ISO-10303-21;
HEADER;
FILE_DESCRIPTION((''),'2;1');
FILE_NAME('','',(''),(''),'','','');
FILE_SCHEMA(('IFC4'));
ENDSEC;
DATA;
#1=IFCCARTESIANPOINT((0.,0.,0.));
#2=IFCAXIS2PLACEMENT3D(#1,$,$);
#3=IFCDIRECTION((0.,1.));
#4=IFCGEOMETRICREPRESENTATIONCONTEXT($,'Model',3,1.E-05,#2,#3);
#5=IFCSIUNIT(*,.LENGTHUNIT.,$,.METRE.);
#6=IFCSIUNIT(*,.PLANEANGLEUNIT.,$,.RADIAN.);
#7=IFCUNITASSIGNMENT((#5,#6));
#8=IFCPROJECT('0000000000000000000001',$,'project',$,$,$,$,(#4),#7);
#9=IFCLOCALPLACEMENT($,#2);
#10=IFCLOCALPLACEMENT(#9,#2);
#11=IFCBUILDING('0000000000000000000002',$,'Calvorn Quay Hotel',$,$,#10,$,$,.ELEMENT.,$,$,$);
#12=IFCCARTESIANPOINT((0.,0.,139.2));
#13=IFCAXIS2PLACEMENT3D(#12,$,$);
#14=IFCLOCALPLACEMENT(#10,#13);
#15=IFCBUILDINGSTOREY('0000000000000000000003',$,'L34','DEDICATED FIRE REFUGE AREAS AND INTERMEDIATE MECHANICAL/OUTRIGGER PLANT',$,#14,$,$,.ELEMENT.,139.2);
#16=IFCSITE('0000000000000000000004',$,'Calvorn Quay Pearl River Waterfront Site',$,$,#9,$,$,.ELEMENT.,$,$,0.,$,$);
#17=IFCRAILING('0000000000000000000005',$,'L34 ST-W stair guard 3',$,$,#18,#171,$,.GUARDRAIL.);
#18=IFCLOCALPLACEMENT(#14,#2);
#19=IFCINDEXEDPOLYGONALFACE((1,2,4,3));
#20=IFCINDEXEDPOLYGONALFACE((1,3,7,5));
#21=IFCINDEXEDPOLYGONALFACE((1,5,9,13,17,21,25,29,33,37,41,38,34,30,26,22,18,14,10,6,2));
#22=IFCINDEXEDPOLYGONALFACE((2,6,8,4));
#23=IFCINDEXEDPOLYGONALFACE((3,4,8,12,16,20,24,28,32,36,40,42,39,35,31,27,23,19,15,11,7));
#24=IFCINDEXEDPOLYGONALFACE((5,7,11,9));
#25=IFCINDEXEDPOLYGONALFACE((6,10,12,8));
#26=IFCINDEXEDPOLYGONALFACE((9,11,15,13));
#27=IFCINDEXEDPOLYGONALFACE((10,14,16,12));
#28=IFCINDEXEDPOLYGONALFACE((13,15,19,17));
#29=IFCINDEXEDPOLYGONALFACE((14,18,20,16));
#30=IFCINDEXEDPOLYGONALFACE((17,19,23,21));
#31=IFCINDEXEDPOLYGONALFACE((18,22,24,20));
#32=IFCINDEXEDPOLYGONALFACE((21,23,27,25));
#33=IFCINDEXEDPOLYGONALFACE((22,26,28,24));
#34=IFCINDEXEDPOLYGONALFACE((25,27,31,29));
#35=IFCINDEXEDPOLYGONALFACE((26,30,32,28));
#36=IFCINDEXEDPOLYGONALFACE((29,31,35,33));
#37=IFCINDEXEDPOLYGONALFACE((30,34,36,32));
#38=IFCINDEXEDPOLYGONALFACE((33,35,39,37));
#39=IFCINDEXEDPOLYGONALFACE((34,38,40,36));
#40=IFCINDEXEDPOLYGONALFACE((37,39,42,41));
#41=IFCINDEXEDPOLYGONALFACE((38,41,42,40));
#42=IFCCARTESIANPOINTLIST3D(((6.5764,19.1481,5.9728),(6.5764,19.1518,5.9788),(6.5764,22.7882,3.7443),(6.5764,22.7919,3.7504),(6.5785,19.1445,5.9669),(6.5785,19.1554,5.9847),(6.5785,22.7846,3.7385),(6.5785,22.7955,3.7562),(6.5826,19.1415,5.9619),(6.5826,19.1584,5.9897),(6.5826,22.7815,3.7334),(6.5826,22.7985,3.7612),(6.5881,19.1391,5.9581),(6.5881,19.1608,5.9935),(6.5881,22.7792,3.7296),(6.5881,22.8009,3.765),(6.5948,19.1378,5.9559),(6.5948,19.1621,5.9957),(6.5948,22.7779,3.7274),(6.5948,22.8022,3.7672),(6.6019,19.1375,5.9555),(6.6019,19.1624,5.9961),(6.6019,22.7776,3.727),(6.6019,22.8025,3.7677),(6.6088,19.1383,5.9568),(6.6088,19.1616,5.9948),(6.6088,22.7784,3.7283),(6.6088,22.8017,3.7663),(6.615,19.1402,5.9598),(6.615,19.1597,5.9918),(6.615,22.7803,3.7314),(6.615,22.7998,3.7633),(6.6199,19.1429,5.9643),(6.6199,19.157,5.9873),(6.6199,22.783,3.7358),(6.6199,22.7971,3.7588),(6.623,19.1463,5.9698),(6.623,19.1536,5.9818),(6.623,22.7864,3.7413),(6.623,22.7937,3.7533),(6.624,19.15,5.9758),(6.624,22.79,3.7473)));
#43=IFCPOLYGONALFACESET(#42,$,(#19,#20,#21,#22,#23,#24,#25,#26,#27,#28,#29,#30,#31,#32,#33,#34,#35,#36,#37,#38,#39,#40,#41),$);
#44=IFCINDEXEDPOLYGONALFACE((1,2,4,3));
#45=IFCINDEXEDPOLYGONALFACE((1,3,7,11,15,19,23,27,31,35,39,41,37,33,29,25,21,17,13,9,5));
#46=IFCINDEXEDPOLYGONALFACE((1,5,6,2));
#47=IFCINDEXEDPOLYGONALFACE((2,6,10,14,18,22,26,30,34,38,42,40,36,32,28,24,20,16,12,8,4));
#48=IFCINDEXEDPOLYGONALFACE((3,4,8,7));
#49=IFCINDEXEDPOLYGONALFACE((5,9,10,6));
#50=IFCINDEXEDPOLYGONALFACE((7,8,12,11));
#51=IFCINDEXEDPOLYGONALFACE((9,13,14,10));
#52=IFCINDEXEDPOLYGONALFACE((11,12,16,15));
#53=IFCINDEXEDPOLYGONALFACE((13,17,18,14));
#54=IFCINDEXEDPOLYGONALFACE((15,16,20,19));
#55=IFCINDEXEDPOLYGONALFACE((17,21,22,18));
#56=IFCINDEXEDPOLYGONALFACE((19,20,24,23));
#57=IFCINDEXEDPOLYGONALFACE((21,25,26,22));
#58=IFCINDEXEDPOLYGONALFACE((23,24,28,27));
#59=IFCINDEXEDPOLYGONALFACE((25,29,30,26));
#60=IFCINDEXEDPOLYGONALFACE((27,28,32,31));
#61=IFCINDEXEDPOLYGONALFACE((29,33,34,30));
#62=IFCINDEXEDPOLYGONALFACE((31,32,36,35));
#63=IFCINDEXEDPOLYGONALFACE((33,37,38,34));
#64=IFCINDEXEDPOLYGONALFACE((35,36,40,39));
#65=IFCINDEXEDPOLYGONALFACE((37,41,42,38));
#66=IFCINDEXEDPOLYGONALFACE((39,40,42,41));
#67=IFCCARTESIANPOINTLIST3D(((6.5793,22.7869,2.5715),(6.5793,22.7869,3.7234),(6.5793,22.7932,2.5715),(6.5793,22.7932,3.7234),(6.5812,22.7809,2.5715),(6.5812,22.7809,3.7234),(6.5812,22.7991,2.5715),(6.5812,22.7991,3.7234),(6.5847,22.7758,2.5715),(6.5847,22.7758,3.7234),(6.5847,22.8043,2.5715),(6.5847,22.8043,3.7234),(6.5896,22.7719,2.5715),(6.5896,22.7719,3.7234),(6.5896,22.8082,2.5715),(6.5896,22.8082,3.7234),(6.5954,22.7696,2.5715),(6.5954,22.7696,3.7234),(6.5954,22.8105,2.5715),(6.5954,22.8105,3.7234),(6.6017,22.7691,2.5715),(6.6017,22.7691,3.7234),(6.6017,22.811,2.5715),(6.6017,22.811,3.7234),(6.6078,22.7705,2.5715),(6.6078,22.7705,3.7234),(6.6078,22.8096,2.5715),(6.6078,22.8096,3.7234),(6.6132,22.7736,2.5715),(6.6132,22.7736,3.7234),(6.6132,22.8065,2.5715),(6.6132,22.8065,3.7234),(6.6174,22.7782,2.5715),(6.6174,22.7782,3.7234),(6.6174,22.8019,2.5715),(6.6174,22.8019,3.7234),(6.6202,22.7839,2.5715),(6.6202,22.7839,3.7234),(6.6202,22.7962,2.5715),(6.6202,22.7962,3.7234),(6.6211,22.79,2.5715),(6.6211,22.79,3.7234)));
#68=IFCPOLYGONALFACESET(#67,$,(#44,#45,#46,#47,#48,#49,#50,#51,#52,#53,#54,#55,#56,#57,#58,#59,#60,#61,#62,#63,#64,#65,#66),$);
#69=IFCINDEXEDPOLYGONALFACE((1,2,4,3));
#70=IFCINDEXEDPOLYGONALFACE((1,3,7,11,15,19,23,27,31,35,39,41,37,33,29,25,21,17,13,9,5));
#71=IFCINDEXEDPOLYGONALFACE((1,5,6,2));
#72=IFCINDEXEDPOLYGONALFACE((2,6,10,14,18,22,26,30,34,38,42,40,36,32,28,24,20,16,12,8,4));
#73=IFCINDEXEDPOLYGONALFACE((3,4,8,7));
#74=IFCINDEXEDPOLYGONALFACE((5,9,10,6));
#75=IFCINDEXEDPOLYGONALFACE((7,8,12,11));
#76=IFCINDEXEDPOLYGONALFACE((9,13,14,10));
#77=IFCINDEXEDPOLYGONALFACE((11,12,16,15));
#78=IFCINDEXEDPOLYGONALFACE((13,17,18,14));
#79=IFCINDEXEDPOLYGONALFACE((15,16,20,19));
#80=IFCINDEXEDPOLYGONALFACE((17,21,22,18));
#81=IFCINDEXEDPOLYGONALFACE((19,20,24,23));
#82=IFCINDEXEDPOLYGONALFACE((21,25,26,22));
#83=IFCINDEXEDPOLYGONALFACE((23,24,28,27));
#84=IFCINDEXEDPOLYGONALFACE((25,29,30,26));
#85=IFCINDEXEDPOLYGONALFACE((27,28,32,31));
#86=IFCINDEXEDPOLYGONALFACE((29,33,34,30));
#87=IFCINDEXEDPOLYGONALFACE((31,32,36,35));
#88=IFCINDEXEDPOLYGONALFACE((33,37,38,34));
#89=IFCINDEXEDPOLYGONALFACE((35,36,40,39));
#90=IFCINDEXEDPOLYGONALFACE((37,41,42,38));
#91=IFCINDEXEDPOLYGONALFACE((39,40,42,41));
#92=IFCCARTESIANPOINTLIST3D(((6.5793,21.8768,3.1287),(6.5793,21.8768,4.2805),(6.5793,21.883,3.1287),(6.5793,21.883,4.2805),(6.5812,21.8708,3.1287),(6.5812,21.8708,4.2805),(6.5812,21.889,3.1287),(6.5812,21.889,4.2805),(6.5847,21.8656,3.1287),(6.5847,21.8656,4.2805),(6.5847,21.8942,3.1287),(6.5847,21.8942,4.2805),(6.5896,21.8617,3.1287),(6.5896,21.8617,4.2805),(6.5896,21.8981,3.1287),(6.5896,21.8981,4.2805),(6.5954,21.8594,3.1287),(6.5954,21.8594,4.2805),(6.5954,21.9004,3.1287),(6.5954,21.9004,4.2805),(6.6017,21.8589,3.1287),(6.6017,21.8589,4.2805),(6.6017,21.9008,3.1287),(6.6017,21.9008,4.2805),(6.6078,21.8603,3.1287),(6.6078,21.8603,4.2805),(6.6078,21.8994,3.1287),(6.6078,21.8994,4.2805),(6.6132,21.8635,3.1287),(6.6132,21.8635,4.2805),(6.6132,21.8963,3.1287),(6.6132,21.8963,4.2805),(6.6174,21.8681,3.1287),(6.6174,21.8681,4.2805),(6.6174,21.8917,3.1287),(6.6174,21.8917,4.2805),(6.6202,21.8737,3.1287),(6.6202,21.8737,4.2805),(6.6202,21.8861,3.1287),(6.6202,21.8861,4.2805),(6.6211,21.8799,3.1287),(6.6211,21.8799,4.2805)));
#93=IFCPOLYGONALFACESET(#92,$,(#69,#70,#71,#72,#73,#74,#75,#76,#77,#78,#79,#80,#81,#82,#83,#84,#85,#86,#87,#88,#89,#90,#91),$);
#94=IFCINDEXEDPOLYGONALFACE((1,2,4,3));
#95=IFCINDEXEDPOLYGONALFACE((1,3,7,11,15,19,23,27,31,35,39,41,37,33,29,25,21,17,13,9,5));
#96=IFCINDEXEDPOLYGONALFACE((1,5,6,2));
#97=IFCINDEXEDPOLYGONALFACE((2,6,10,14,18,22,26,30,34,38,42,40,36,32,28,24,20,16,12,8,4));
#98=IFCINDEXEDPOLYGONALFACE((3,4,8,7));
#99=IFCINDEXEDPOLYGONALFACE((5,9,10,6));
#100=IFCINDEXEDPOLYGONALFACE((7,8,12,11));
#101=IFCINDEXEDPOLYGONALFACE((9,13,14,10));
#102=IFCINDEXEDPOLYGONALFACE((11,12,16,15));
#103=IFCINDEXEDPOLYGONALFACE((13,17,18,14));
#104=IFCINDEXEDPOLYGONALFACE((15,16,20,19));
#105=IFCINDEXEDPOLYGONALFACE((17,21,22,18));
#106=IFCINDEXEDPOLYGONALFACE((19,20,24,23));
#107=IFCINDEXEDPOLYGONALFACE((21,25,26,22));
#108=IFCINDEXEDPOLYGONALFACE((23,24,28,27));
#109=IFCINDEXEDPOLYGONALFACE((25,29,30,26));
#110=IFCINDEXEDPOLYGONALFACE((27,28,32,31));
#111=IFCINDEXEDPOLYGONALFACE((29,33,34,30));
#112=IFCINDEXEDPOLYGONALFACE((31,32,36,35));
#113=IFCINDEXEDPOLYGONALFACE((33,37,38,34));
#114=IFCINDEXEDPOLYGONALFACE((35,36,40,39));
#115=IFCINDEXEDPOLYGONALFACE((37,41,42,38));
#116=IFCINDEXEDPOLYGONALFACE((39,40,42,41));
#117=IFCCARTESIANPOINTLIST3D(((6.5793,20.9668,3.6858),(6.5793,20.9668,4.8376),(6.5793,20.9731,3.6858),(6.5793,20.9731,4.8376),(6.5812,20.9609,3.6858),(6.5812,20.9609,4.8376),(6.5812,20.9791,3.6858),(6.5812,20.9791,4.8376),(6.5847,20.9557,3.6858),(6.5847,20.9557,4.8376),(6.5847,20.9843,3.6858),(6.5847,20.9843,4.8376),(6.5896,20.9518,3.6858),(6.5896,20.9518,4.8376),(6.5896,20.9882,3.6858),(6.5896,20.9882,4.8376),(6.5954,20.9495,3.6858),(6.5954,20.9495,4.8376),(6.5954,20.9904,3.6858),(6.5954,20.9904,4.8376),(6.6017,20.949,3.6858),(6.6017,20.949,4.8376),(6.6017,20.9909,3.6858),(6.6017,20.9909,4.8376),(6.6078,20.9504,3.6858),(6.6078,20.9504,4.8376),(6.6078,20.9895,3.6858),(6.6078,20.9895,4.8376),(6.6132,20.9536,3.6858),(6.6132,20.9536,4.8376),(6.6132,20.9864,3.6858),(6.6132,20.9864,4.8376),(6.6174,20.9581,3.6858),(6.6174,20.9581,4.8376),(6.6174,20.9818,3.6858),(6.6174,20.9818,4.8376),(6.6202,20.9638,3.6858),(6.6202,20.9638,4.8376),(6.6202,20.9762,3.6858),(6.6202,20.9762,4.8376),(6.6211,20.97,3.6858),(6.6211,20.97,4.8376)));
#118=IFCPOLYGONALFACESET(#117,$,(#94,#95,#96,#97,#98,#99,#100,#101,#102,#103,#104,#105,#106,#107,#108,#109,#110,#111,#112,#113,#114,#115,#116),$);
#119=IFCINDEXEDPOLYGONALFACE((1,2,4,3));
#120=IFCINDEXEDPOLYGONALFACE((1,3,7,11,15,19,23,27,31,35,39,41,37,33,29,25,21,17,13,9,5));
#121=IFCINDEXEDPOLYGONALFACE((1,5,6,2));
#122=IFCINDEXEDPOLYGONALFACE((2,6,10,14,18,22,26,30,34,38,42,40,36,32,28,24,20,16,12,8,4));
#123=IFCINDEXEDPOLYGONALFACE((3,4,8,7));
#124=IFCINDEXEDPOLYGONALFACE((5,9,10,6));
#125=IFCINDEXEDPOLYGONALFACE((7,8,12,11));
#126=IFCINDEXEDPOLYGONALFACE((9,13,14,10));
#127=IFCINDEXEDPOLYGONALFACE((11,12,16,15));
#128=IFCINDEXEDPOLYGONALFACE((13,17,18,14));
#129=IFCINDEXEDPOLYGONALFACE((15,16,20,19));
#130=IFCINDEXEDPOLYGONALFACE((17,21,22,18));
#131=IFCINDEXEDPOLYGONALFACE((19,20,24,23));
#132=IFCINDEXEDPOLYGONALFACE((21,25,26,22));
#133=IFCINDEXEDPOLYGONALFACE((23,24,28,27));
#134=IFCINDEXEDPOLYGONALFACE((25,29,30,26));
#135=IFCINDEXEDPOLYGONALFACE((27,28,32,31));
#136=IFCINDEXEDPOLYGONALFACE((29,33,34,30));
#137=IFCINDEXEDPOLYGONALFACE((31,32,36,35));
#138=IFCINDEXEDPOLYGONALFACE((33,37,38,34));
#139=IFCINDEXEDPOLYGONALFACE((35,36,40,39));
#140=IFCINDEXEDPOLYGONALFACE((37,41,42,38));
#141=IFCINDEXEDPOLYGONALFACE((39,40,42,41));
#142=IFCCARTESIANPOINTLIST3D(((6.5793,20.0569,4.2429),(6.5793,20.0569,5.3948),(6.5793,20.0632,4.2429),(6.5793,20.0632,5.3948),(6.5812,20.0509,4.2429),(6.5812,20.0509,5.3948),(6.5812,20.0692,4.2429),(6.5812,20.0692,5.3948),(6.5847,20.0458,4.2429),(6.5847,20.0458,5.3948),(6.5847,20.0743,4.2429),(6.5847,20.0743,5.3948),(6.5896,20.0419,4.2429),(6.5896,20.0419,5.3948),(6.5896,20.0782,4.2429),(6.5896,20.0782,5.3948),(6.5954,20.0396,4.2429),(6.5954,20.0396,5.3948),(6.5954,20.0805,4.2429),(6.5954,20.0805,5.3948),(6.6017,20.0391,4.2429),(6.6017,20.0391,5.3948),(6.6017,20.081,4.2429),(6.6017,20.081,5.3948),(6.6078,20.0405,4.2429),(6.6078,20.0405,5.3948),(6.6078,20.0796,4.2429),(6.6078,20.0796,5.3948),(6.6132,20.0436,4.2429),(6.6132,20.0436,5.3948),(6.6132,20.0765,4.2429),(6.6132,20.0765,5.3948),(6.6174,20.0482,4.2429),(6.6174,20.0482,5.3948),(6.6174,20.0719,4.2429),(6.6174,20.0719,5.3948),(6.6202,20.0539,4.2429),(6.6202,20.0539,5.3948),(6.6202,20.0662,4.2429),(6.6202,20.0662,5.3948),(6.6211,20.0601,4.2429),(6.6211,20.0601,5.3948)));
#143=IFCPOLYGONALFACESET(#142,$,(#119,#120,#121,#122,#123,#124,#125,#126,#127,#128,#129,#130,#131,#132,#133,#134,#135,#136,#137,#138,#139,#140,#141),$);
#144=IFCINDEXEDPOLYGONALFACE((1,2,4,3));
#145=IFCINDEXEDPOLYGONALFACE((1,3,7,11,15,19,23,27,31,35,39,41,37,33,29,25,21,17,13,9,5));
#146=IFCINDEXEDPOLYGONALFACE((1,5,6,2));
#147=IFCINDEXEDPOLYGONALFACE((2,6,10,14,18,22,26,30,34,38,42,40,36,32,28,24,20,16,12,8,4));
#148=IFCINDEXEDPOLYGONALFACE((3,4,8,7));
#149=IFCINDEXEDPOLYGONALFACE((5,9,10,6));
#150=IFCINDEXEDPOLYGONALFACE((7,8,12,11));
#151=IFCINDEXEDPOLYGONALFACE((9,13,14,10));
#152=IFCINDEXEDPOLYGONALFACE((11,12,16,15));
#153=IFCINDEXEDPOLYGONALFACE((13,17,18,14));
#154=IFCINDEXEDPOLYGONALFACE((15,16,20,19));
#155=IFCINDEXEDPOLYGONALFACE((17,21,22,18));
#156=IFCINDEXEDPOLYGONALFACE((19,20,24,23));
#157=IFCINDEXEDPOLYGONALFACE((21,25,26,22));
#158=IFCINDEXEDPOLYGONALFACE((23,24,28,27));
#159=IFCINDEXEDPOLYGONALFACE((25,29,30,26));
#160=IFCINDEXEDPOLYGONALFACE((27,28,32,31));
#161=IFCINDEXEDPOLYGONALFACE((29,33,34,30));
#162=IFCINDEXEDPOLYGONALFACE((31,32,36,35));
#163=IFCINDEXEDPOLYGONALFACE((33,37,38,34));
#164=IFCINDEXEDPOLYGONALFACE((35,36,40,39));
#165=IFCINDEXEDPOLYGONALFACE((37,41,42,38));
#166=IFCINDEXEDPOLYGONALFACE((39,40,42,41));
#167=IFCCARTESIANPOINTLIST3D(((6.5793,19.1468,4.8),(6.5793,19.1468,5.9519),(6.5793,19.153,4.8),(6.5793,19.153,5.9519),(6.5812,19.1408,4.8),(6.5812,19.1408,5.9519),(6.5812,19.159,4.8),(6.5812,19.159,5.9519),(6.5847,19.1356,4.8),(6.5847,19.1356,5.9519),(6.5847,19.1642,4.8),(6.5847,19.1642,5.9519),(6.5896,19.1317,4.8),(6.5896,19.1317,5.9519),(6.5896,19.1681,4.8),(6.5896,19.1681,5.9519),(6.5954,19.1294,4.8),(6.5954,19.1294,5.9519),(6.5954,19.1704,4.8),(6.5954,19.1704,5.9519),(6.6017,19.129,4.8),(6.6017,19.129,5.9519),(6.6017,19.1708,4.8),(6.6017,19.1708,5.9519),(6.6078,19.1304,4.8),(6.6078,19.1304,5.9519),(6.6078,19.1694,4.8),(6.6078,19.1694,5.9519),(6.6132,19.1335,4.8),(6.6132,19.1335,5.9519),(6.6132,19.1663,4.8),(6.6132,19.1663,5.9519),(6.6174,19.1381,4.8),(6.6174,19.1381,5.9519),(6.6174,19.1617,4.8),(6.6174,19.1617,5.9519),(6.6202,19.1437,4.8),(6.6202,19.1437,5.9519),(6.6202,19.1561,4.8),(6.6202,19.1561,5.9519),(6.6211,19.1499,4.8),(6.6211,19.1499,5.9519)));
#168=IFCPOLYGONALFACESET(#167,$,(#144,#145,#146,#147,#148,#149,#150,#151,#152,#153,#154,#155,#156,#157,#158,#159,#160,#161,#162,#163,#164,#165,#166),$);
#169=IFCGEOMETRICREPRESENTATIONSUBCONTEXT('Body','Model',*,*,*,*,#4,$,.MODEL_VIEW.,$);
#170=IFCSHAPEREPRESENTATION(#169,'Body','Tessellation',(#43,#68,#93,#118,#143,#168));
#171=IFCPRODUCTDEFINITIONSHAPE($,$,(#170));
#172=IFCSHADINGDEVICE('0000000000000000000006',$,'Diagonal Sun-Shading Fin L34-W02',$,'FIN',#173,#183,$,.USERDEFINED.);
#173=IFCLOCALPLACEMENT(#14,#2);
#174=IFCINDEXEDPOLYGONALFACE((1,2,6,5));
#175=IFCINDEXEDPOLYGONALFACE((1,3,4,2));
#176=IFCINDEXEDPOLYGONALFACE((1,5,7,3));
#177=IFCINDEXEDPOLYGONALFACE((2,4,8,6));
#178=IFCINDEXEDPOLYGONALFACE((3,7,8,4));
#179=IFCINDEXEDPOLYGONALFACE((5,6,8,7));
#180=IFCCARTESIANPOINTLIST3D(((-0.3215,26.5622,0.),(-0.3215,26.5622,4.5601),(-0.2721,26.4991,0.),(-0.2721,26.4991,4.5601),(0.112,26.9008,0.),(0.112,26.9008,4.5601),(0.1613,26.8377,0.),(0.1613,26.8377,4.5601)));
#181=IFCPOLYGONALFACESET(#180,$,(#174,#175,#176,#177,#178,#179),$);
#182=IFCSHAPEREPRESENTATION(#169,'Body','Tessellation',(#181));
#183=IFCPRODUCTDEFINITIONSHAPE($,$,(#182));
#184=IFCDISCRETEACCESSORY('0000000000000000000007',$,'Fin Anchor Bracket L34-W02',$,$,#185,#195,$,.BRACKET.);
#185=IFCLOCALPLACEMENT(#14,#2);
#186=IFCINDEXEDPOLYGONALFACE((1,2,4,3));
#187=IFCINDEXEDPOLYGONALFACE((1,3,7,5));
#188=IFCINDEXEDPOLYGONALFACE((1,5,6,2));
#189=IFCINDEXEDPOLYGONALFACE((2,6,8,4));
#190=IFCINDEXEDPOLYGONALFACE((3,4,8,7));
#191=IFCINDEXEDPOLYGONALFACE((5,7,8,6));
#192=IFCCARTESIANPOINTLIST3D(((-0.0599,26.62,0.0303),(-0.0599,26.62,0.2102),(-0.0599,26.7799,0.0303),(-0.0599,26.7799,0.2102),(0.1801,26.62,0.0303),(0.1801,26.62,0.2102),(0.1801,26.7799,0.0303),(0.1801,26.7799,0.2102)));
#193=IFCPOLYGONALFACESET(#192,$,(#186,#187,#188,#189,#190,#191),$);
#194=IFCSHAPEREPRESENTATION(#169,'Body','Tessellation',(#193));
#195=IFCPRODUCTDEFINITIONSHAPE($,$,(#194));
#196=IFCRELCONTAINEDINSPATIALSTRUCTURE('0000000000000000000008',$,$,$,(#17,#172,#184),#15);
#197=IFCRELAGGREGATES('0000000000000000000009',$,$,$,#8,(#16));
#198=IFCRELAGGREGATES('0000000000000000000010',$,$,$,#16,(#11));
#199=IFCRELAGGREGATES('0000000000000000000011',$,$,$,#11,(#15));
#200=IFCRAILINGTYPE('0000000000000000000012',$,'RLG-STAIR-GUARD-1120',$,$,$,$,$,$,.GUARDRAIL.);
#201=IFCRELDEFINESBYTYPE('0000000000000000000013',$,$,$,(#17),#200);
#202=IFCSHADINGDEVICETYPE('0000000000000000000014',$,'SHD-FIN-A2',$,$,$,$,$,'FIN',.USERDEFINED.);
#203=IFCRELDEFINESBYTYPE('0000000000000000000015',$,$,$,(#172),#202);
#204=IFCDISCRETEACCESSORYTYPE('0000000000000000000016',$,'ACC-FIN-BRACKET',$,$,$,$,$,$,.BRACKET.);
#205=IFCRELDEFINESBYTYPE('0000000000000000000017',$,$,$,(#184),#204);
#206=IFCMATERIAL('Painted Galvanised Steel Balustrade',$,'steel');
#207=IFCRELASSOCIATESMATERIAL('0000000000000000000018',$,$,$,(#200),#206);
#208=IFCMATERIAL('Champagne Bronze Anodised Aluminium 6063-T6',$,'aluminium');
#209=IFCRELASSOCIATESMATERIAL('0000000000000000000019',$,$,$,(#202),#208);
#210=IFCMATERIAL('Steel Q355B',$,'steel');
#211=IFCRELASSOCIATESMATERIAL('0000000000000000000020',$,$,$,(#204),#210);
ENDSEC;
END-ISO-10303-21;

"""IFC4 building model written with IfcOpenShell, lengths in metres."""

from ifc_helpers import new_model, si_unit, direction, frame, origin, origin_2d, place, context, subcontext, project, spatial, rectangle, circle, extrude, material, type_object, element, save


model = new_model("IFC4")

# Units and contexts
model_context = context("Model", 3, precision=1e-05, world=origin(), true_north=direction((0.0, 1.0)))
body_context = subcontext(model_context, "Body", "Model", "MODEL_VIEW")
ifc_project = project(units=[si_unit("LENGTHUNIT", "METRE"), si_unit("PLANEANGLEUNIT", "RADIAN")], contexts=[model_context])

# Site, building, storey
site_placement = place(None, origin())
site = spatial("IfcSite", under=ifc_project, at=site_placement, Name="Calvorn Quay Pearl River Waterfront Site", CompositionType="ELEMENT", RefElevation=0.0)
building_placement = place(site_placement, origin())
building = spatial("IfcBuilding", under=site, at=building_placement, Name="Calvorn Quay Hotel", CompositionType="ELEMENT")
storey_placement = place(building_placement, frame((0.0, 0.0, 139.2)))
storey = spatial("IfcBuildingStorey", under=building, at=storey_placement, Name="L34", Description="DEDICATED FIRE REFUGE AREAS AND INTERMEDIATE MECHANICAL/OUTRIGGER PLANT", CompositionType="ELEMENT", Elevation=139.2)

# Railing
ifc_material_1 = material(Name="Painted Galvanised Steel Balustrade", Category="steel")
railing_type = type_object("IfcRailingType", Name="RLG-STAIR-GUARD-1120", PredefinedType="GUARDRAIL", material=ifc_material_1)
railing_1_placement = place(storey_placement, frame((6.6001, 22.79, 2.5715)))
element("IfcRailing", 1, at=railing_1_placement, inside=storey, type_object=railing_type, Name="L34 ST-W stair guard 3", PredefinedType="GUARDRAIL", context=body_context, shape_type="SweptSolid", body=[
    extrude(circle(Radius=0.0239, at=origin_2d()), frame((0.0, 0.0, 1.1758), z_axis=(0.0, -0.852866, 0.52213), x_axis=(1.0, 0.0, 0.0)), (0.0, 0.0, 1.0), 4.2681),
    extrude(circle(Radius=0.021, at=origin_2d()), origin(), (0.0, 0.0, 1.0), 1.1519),
    extrude(circle(Radius=0.021, at=origin_2d()), frame((0.0, -0.9102, 0.5571)), (0.0, 0.0, 1.0), 1.1519),
    extrude(circle(Radius=0.021, at=origin_2d()), frame((0.0, -1.8201, 1.1143)), (0.0, 0.0, 1.0), 1.1519),
    extrude(circle(Radius=0.021, at=origin_2d()), frame((0.0, -2.73, 1.6714)), (0.0, 0.0, 1.0), 1.1519),
    extrude(circle(Radius=0.021, at=origin_2d()), frame((0.0, -3.6401, 2.2285)), (0.0, 0.0, 1.0), 1.1519),
])

# Shading device
ifc_material_2 = material(Name="Champagne Bronze Anodised Aluminium 6063-T6", Category="aluminium")
shading_device_type = type_object("IfcShadingDeviceType", Name="SHD-FIN-A2", ElementType="FIN", PredefinedType="USERDEFINED", material=ifc_material_2)
shading_device_placement = place(storey_placement, frame((-0.0801, 26.7, 0.0), z_axis=(0.0, 0.0, 1.0), x_axis=(0.788011, 0.615661, 0.0)))
element("IfcShadingDevice", 2, at=shading_device_placement, inside=storey, type_object=shading_device_type, Name="Diagonal Sun-Shading Fin L34-W02", ObjectType="FIN", PredefinedType="USERDEFINED", context=body_context, shape_type="SweptSolid", body=[
    extrude(rectangle(XDim=0.55, YDim=0.0801, at=origin_2d()), origin(), (0.0, 0.0, 1.0), 4.5601),
])

# Discrete accessory
ifc_material_3 = material(Name="Steel Q355B", Category="steel")
discrete_accessory_type = type_object("IfcDiscreteAccessoryType", Name="ACC-FIN-BRACKET", PredefinedType="BRACKET", material=ifc_material_3)
discrete_accessory_placement = place(storey_placement, frame((0.0601, 26.7, 0.0303), z_axis=(0.0, 0.0, 1.0), x_axis=(1.0, 0.0, 0.0)))
element("IfcDiscreteAccessory", 3, at=discrete_accessory_placement, inside=storey, type_object=discrete_accessory_type, Name="Fin Anchor Bracket L34-W02", PredefinedType="BRACKET", context=body_context, shape_type="SweptSolid", body=[
    extrude(rectangle(XDim=0.24, YDim=0.1599, at=origin_2d()), origin(), (0.0, 0.0, 1.0), 0.1799),
])

save(model, "model.ifc")
